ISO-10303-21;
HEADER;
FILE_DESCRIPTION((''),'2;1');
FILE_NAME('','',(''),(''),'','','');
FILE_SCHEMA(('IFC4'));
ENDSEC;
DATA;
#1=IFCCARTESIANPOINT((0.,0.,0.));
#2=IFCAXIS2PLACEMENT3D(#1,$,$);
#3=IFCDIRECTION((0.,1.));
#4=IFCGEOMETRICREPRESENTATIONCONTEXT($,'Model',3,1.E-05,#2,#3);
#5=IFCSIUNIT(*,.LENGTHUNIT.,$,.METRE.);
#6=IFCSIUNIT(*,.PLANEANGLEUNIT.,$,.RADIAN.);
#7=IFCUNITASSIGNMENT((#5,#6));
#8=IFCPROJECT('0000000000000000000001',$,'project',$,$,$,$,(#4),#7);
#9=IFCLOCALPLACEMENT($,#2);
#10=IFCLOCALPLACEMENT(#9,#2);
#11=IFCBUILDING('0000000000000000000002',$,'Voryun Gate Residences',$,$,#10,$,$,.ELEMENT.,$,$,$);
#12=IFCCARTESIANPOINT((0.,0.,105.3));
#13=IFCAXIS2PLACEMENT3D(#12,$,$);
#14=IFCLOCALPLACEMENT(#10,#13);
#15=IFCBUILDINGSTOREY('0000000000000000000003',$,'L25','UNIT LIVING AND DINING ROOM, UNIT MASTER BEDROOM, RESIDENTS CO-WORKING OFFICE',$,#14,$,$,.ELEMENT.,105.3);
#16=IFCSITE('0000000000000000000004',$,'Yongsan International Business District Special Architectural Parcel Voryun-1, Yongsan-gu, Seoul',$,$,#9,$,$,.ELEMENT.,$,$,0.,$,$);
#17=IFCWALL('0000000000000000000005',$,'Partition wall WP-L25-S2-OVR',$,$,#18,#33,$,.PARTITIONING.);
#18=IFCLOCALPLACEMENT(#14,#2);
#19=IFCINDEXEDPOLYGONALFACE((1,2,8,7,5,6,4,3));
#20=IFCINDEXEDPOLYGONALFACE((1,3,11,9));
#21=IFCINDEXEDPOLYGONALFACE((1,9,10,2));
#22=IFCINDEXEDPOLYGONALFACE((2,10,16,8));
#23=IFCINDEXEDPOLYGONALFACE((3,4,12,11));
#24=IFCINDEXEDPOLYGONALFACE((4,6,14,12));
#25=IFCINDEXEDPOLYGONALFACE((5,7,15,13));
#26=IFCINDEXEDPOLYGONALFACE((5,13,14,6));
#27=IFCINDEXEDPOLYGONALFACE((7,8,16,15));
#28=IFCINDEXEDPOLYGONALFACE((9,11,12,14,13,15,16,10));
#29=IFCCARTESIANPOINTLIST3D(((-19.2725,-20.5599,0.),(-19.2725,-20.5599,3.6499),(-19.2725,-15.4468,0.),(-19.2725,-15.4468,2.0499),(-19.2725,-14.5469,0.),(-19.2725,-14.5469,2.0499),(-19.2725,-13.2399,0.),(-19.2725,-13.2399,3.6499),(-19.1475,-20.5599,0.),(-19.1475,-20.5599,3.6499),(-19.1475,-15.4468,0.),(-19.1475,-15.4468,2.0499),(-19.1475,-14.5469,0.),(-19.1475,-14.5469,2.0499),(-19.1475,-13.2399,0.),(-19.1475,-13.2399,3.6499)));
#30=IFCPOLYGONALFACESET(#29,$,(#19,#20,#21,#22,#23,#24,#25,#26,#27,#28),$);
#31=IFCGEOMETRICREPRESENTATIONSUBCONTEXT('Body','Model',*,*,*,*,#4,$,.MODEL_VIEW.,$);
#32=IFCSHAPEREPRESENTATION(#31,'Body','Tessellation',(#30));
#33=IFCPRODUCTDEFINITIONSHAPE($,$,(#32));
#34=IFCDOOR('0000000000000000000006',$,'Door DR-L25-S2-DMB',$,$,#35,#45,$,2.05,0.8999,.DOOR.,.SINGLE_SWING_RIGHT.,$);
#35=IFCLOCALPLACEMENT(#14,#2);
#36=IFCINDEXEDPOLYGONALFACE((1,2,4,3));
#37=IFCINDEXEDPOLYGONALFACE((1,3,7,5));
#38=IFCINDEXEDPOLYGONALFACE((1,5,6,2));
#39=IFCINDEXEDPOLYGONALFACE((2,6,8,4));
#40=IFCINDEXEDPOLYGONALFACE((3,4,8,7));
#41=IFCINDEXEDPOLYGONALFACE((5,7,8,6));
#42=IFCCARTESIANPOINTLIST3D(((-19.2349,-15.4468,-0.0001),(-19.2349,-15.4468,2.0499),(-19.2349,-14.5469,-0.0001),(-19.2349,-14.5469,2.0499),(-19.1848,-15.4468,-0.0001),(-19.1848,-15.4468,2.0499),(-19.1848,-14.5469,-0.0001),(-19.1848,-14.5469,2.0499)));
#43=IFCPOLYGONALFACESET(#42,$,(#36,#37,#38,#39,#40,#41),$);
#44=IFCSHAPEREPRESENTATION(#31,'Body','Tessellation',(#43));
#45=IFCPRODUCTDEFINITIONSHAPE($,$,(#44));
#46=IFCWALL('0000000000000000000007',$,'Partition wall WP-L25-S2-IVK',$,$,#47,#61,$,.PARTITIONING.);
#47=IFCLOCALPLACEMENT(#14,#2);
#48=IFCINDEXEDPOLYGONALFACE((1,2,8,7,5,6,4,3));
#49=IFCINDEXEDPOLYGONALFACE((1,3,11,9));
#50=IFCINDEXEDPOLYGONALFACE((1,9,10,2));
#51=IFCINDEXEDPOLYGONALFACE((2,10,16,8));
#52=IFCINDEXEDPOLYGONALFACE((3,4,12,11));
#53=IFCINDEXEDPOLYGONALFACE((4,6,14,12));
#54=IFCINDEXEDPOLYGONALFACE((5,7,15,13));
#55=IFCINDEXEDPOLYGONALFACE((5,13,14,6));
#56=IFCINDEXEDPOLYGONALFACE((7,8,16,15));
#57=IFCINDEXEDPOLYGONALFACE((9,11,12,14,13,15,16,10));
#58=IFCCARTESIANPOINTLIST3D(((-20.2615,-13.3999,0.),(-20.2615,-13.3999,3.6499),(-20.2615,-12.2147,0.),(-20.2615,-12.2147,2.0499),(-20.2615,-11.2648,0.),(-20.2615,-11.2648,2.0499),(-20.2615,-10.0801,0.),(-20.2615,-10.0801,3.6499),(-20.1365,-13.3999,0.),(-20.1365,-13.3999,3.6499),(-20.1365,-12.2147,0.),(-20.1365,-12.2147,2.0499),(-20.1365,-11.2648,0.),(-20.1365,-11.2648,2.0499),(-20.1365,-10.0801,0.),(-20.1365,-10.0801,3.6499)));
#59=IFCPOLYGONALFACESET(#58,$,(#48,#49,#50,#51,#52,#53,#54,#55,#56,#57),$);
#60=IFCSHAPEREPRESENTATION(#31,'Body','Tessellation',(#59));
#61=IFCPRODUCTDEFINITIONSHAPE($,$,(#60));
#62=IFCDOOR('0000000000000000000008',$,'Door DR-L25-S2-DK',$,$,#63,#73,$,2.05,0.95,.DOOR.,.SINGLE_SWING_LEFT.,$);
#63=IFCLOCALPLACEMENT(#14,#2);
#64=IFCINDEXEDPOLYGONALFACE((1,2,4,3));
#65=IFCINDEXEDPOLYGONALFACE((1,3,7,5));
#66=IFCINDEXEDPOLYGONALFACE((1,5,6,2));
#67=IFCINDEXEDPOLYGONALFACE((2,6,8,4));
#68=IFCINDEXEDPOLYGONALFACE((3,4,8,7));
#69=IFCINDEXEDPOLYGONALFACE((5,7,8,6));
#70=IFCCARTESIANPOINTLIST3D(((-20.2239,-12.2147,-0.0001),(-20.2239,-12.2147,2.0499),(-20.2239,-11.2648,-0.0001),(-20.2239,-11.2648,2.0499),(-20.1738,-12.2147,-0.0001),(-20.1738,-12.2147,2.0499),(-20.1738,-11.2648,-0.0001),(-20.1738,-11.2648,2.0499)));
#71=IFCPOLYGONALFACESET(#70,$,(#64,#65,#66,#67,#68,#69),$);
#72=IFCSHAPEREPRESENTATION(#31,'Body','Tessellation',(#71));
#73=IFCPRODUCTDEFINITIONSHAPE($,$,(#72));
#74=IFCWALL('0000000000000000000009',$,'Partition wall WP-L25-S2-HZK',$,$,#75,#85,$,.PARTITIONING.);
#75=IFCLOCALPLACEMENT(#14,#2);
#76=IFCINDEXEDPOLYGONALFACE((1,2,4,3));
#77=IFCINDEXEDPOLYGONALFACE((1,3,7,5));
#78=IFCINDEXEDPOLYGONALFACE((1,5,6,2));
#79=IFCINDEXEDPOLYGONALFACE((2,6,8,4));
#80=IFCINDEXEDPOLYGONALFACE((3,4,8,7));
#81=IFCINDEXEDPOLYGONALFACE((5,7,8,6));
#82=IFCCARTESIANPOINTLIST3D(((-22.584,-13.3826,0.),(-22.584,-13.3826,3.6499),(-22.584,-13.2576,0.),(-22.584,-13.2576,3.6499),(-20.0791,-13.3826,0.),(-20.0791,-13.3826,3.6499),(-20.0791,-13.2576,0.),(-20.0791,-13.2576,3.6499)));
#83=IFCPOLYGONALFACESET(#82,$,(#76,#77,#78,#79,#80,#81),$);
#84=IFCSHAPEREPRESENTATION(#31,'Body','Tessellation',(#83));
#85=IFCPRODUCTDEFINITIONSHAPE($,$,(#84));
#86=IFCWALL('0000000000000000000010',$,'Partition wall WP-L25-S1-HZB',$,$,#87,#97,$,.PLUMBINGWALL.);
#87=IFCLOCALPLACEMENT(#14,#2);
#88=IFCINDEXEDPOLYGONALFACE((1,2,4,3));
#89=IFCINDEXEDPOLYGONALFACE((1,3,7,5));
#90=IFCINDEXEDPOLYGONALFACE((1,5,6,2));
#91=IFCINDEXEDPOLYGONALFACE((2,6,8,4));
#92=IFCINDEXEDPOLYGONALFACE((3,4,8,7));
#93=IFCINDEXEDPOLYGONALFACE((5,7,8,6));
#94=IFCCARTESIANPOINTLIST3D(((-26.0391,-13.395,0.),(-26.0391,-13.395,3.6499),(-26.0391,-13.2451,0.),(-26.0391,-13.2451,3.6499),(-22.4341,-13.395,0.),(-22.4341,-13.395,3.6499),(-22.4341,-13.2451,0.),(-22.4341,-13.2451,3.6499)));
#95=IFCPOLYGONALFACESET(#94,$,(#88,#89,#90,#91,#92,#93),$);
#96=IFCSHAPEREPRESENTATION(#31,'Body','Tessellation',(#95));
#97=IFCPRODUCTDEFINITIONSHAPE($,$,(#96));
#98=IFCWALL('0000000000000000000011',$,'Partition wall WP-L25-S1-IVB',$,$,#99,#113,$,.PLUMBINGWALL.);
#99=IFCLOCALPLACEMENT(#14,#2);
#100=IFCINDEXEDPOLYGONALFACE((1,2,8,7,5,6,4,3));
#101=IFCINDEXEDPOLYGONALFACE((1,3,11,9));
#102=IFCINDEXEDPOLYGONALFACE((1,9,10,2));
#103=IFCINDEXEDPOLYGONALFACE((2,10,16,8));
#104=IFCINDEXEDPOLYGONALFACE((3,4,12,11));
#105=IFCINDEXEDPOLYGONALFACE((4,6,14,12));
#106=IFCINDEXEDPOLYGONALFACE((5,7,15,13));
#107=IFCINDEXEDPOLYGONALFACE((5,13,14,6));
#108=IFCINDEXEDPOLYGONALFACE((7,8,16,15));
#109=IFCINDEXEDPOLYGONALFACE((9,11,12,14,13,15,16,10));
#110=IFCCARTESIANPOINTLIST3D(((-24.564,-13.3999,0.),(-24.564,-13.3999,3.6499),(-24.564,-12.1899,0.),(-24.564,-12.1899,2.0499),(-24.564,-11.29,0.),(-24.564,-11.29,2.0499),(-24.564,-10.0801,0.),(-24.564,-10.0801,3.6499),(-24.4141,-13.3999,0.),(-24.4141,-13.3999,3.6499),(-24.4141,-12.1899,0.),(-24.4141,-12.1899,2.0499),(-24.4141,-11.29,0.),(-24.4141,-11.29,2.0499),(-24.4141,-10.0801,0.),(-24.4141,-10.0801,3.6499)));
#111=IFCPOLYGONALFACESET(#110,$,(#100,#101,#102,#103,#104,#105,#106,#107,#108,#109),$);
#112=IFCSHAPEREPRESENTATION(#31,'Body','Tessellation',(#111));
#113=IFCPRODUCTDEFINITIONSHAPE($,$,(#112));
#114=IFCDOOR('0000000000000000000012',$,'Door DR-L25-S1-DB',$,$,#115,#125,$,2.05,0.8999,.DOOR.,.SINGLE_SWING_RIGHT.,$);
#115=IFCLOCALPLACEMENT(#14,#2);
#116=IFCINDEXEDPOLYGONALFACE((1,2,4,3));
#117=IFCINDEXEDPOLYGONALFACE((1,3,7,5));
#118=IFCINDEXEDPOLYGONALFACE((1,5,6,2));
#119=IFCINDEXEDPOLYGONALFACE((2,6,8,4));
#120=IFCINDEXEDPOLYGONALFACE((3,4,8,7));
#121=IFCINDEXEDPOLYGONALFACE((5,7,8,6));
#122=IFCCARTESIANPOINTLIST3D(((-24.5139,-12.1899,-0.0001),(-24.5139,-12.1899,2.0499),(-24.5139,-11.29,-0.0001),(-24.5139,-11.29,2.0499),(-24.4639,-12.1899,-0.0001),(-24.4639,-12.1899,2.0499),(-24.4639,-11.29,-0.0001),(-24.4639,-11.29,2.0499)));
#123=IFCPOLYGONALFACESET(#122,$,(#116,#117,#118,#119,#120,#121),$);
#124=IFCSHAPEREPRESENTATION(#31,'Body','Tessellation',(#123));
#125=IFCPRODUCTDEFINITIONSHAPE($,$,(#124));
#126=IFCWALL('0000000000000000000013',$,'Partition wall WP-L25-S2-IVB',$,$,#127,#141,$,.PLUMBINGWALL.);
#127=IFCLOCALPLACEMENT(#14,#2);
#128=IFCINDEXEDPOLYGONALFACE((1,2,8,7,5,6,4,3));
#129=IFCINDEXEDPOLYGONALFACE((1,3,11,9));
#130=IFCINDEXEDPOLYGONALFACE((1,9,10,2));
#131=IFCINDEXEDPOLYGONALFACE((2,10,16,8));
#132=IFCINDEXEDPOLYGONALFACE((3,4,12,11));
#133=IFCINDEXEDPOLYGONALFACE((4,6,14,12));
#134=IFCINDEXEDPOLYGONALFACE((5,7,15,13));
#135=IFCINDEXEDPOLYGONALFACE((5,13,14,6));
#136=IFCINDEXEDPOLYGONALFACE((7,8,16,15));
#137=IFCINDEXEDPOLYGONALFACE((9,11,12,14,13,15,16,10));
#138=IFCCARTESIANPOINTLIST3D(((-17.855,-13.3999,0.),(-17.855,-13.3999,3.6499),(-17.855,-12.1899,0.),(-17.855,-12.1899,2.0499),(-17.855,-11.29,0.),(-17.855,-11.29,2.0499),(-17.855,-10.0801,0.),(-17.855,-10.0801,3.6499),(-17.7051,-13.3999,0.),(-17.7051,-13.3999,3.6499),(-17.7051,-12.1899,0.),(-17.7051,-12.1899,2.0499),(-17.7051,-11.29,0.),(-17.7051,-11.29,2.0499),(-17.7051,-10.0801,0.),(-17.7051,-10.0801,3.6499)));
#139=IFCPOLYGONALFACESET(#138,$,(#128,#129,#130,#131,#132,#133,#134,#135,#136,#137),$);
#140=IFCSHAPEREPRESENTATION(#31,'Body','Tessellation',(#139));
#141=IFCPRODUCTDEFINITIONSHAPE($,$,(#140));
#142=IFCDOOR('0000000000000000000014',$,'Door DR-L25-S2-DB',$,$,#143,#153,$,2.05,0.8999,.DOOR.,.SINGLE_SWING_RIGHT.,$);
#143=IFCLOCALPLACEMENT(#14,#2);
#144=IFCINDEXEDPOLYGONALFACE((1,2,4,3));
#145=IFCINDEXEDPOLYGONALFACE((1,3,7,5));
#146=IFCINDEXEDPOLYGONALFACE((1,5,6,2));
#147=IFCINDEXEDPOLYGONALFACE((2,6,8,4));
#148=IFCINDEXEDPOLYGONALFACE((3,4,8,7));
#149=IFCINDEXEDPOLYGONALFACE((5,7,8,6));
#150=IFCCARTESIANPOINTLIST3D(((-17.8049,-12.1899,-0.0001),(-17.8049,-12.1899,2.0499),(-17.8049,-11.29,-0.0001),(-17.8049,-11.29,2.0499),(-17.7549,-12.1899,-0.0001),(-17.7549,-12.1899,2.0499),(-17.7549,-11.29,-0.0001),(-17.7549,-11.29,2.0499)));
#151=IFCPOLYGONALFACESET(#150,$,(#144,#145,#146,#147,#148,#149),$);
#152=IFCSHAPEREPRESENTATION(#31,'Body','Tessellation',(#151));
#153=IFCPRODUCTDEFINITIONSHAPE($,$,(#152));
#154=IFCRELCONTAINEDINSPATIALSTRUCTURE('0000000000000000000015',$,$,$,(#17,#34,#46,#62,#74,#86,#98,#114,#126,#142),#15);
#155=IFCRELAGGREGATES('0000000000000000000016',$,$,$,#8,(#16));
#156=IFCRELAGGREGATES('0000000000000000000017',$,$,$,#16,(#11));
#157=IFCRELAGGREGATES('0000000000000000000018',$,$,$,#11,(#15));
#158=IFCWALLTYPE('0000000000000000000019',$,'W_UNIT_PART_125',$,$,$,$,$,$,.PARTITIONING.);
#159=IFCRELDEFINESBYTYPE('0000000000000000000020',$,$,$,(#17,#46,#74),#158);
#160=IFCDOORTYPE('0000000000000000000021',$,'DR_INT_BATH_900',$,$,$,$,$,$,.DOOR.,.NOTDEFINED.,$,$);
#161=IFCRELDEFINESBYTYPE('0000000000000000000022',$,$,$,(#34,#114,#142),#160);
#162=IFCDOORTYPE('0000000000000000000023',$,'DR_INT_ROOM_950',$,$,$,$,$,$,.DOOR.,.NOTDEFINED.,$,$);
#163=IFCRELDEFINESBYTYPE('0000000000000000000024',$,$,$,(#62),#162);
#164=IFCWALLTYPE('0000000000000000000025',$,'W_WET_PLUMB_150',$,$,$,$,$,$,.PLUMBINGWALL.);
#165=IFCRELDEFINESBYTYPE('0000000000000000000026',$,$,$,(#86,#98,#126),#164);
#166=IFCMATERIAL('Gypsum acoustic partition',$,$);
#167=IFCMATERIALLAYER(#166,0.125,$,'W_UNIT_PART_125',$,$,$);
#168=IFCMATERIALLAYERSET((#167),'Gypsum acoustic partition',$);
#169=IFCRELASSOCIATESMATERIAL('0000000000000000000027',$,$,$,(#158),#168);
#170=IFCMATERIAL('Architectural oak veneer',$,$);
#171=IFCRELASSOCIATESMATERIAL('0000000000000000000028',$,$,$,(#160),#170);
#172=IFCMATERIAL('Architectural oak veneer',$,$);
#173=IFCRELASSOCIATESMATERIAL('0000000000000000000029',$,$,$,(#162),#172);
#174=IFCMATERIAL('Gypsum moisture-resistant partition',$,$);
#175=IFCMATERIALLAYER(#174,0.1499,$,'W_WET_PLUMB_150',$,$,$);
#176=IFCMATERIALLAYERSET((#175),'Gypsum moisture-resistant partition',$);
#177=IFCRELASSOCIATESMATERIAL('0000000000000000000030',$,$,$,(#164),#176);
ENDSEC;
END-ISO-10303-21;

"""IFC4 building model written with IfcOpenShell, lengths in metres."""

from ifc_helpers import new_model, si_unit, direction, frame, frame_2d, origin, place, context, subcontext, project, spatial, rectangle, extrude, material, layer, layer_set, type_object, element, fill, save


model = new_model("IFC4")

# Units and contexts
model_context = context("Model", 3, precision=1e-05, world=origin(), true_north=direction((0.0, 1.0)))
body_context = subcontext(model_context, "Body", "Model", "MODEL_VIEW")
ifc_project = project(units=[si_unit("LENGTHUNIT", "METRE"), si_unit("PLANEANGLEUNIT", "RADIAN")], contexts=[model_context])

# Site, building, storey
site_placement = place(None, origin())
site = spatial("IfcSite", under=ifc_project, at=site_placement, Name="Yongsan International Business District Special Architectural Parcel Voryun-1, Yongsan-gu, Seoul", CompositionType="ELEMENT", RefElevation=0.0)
building_placement = place(site_placement, origin())
building = spatial("IfcBuilding", under=site, at=building_placement, Name="Voryun Gate Residences", CompositionType="ELEMENT")
storey_placement = place(building_placement, frame((0.0, 0.0, 105.3)))
storey = spatial("IfcBuildingStorey", under=building, at=storey_placement, Name="L25", Description="UNIT LIVING AND DINING ROOM, UNIT MASTER BEDROOM, RESIDENTS CO-WORKING OFFICE", CompositionType="ELEMENT", Elevation=105.3)

# Shared definitions
ifc_material_1 = material(Name="Gypsum acoustic partition")
ifc_layer_1 = layer(ifc_material_1, 0.125, Name="W_UNIT_PART_125")
ifc_layer_set_1 = layer_set([ifc_layer_1], Name="Gypsum acoustic partition")
wall_type_1 = type_object("IfcWallType", Name="W_UNIT_PART_125", PredefinedType="PARTITIONING", material=ifc_layer_set_1)
ifc_material_2 = material(Name="Architectural oak veneer")
door_type_1 = type_object("IfcDoorType", Name="DR_INT_BATH_900", OperationType="NOTDEFINED", PredefinedType="DOOR", material=ifc_material_2)
ifc_material_3 = material(Name="Architectural oak veneer")
door_type_2 = type_object("IfcDoorType", Name="DR_INT_ROOM_950", OperationType="NOTDEFINED", PredefinedType="DOOR", material=ifc_material_3)

# Walls, openings, doors
wall_1_placement = place(storey_placement, frame((-19.21, -20.5601, 0.0), z_axis=(0.0, 0.0, 1.0), x_axis=(0.0, 1.0, 0.0)))
wall_1 = element("IfcWall", 1, at=wall_1_placement, inside=storey, type_object=wall_type_1, Name="Partition wall WP-L25-S2-OVR", PredefinedType="PARTITIONING", context=body_context, shape_type="SweptSolid", body=[
    extrude(rectangle(XDim=7.3201, YDim=0.125, at=frame_2d((3.6602, 0.0))), origin(), (0.0, 0.0, 1.0), 3.6499),
])
opening_1_placement = place(wall_1_placement, frame((5.1133, 0.0, 0.0)))
opening_1 = element("IfcOpeningElement", 2, at=opening_1_placement, cuts=wall_1, PredefinedType="OPENING", context=body_context, shape_type="SweptSolid", body=[
    extrude(rectangle(XDim=0.8999, YDim=2.05, at=frame_2d((0.45, 1.0249))), frame((0.0, 0.0725, 0.0), z_axis=(0.0, -1.0, 0.0), x_axis=(1.0, 0.0, 0.0)), (0.0, 0.0, 1.0), 0.145),
])
door_1_placement = place(opening_1_placement, origin())
door_1 = element("IfcDoor", 3, at=door_1_placement, inside=storey, type_object=door_type_1, Name="Door DR-L25-S2-DMB", OperationType="SINGLE_SWING_RIGHT", OverallHeight=2.05, OverallWidth=0.8999, PredefinedType="DOOR", context=body_context, shape_type="SweptSolid", body=[
    extrude(rectangle(XDim=0.8999, YDim=2.05, at=frame_2d((0.45, 1.0249))), frame((0.0, 0.0249, 0.0), z_axis=(0.0, -1.0, 0.0), x_axis=(1.0, 0.0, 0.0)), (0.0, 0.0, 1.0), 0.05),
])
fill(opening_1, door_1)
wall_2_placement = place(storey_placement, frame((-20.199, -13.3999, 0.0), z_axis=(0.0, 0.0, 1.0), x_axis=(0.0, 1.0, 0.0)))
wall_2 = element("IfcWall", 4, at=wall_2_placement, inside=storey, type_object=wall_type_1, Name="Partition wall WP-L25-S2-IVK", PredefinedType="PARTITIONING", context=body_context, shape_type="SweptSolid", body=[
    extrude(rectangle(XDim=3.3198, YDim=0.125, at=frame_2d((1.6599, 0.0))), origin(), (0.0, 0.0, 1.0), 3.6499),
])
opening_2_placement = place(wall_2_placement, frame((1.1851, 0.0, 0.0)))
opening_2 = element("IfcOpeningElement", 5, at=opening_2_placement, cuts=wall_2, PredefinedType="OPENING", context=body_context, shape_type="SweptSolid", body=[
    extrude(rectangle(XDim=0.95, YDim=2.05, at=frame_2d((0.4751, 1.0249))), frame((0.0, 0.0725, 0.0), z_axis=(0.0, -1.0, 0.0), x_axis=(1.0, 0.0, 0.0)), (0.0, 0.0, 1.0), 0.145),
])
door_2_placement = place(opening_2_placement, origin())
door_2 = element("IfcDoor", 6, at=door_2_placement, inside=storey, type_object=door_type_2, Name="Door DR-L25-S2-DK", OperationType="SINGLE_SWING_LEFT", OverallHeight=2.05, OverallWidth=0.95, PredefinedType="DOOR", context=body_context, shape_type="SweptSolid", body=[
    extrude(rectangle(XDim=0.95, YDim=2.05, at=frame_2d((0.4751, 1.0249))), frame((0.0, 0.0249, 0.0), z_axis=(0.0, -1.0, 0.0), x_axis=(1.0, 0.0, 0.0)), (0.0, 0.0, 1.0), 0.05),
])
fill(opening_2, door_2)

# Walls
wall_3_placement = place(storey_placement, frame((-22.584, -13.3201, 0.0), z_axis=(0.0, 0.0, 1.0), x_axis=(1.0, 0.0, 0.0)))
element("IfcWall", 7, at=wall_3_placement, inside=storey, type_object=wall_type_1, Name="Partition wall WP-L25-S2-HZK", PredefinedType="PARTITIONING", context=body_context, shape_type="SweptSolid", body=[
    extrude(rectangle(XDim=2.5049, YDim=0.125, at=frame_2d((1.2524, 0.0))), origin(), (0.0, 0.0, 1.0), 3.6499),
])
ifc_material_4 = material(Name="Gypsum moisture-resistant partition")
ifc_layer_2 = layer(ifc_material_4, 0.1499, Name="W_WET_PLUMB_150")
ifc_layer_set_2 = layer_set([ifc_layer_2], Name="Gypsum moisture-resistant partition")
wall_type_2 = type_object("IfcWallType", Name="W_WET_PLUMB_150", PredefinedType="PLUMBINGWALL", material=ifc_layer_set_2)
wall_4_placement = place(storey_placement, frame((-26.0391, -13.3201, 0.0), z_axis=(0.0, 0.0, 1.0), x_axis=(1.0, 0.0, 0.0)))
element("IfcWall", 8, at=wall_4_placement, inside=storey, type_object=wall_type_2, Name="Partition wall WP-L25-S1-HZB", PredefinedType="PLUMBINGWALL", context=body_context, shape_type="SweptSolid", body=[
    extrude(rectangle(XDim=3.605, YDim=0.1499, at=frame_2d((1.8025, 0.0))), origin(), (0.0, 0.0, 1.0), 3.6499),
])

# Walls, openings, doors
wall_5_placement = place(storey_placement, frame((-24.489, -13.3999, 0.0), z_axis=(0.0, 0.0, 1.0), x_axis=(0.0, 1.0, 0.0)))
wall_5 = element("IfcWall", 9, at=wall_5_placement, inside=storey, type_object=wall_type_2, Name="Partition wall WP-L25-S1-IVB", PredefinedType="PLUMBINGWALL", context=body_context, shape_type="SweptSolid", body=[
    extrude(rectangle(XDim=3.3198, YDim=0.1499, at=frame_2d((1.6599, 0.0))), origin(), (0.0, 0.0, 1.0), 3.6499),
])
opening_3_placement = place(wall_5_placement, frame((1.21, 0.0, 0.0)))
opening_3 = element("IfcOpeningElement", 10, at=opening_3_placement, cuts=wall_5, PredefinedType="OPENING", context=body_context, shape_type="SweptSolid", body=[
    extrude(rectangle(XDim=0.8999, YDim=2.05, at=frame_2d((0.45, 1.0249))), frame((0.0, 0.085, 0.0), z_axis=(0.0, -1.0, 0.0), x_axis=(1.0, 0.0, 0.0)), (0.0, 0.0, 1.0), 0.1699),
])
door_3_placement = place(opening_3_placement, origin())
door_3 = element("IfcDoor", 11, at=door_3_placement, inside=storey, type_object=door_type_1, Name="Door DR-L25-S1-DB", OperationType="SINGLE_SWING_RIGHT", OverallHeight=2.05, OverallWidth=0.8999, PredefinedType="DOOR", context=body_context, shape_type="SweptSolid", body=[
    extrude(rectangle(XDim=0.8999, YDim=2.05, at=frame_2d((0.45, 1.0249))), frame((0.0, 0.0249, 0.0), z_axis=(0.0, -1.0, 0.0), x_axis=(1.0, 0.0, 0.0)), (0.0, 0.0, 1.0), 0.05),
])
fill(opening_3, door_3)
wall_6_placement = place(storey_placement, frame((-17.78, -13.3999, 0.0), z_axis=(0.0, 0.0, 1.0), x_axis=(0.0, 1.0, 0.0)))
wall_6 = element("IfcWall", 12, at=wall_6_placement, inside=storey, type_object=wall_type_2, Name="Partition wall WP-L25-S2-IVB", PredefinedType="PLUMBINGWALL", context=body_context, shape_type="SweptSolid", body=[
    extrude(rectangle(XDim=3.3198, YDim=0.1499, at=frame_2d((1.6599, 0.0))), origin(), (0.0, 0.0, 1.0), 3.6499),
])
opening_4_placement = place(wall_6_placement, frame((1.21, 0.0, 0.0)))
opening_4 = element("IfcOpeningElement", 13, at=opening_4_placement, cuts=wall_6, PredefinedType="OPENING", context=body_context, shape_type="SweptSolid", body=[
    extrude(rectangle(XDim=0.8999, YDim=2.05, at=frame_2d((0.45, 1.0249))), frame((0.0, 0.085, 0.0), z_axis=(0.0, -1.0, 0.0), x_axis=(1.0, 0.0, 0.0)), (0.0, 0.0, 1.0), 0.1699),
])
door_4_placement = place(opening_4_placement, origin())
door_4 = element("IfcDoor", 14, at=door_4_placement, inside=storey, type_object=door_type_1, Name="Door DR-L25-S2-DB", OperationType="SINGLE_SWING_RIGHT", OverallHeight=2.05, OverallWidth=0.8999, PredefinedType="DOOR", context=body_context, shape_type="SweptSolid", body=[
    extrude(rectangle(XDim=0.8999, YDim=2.05, at=frame_2d((0.45, 1.0249))), frame((0.0, 0.0249, 0.0), z_axis=(0.0, -1.0, 0.0), x_axis=(1.0, 0.0, 0.0)), (0.0, 0.0, 1.0), 0.05),
])
fill(opening_4, door_4)

save(model, "model.ifc")
